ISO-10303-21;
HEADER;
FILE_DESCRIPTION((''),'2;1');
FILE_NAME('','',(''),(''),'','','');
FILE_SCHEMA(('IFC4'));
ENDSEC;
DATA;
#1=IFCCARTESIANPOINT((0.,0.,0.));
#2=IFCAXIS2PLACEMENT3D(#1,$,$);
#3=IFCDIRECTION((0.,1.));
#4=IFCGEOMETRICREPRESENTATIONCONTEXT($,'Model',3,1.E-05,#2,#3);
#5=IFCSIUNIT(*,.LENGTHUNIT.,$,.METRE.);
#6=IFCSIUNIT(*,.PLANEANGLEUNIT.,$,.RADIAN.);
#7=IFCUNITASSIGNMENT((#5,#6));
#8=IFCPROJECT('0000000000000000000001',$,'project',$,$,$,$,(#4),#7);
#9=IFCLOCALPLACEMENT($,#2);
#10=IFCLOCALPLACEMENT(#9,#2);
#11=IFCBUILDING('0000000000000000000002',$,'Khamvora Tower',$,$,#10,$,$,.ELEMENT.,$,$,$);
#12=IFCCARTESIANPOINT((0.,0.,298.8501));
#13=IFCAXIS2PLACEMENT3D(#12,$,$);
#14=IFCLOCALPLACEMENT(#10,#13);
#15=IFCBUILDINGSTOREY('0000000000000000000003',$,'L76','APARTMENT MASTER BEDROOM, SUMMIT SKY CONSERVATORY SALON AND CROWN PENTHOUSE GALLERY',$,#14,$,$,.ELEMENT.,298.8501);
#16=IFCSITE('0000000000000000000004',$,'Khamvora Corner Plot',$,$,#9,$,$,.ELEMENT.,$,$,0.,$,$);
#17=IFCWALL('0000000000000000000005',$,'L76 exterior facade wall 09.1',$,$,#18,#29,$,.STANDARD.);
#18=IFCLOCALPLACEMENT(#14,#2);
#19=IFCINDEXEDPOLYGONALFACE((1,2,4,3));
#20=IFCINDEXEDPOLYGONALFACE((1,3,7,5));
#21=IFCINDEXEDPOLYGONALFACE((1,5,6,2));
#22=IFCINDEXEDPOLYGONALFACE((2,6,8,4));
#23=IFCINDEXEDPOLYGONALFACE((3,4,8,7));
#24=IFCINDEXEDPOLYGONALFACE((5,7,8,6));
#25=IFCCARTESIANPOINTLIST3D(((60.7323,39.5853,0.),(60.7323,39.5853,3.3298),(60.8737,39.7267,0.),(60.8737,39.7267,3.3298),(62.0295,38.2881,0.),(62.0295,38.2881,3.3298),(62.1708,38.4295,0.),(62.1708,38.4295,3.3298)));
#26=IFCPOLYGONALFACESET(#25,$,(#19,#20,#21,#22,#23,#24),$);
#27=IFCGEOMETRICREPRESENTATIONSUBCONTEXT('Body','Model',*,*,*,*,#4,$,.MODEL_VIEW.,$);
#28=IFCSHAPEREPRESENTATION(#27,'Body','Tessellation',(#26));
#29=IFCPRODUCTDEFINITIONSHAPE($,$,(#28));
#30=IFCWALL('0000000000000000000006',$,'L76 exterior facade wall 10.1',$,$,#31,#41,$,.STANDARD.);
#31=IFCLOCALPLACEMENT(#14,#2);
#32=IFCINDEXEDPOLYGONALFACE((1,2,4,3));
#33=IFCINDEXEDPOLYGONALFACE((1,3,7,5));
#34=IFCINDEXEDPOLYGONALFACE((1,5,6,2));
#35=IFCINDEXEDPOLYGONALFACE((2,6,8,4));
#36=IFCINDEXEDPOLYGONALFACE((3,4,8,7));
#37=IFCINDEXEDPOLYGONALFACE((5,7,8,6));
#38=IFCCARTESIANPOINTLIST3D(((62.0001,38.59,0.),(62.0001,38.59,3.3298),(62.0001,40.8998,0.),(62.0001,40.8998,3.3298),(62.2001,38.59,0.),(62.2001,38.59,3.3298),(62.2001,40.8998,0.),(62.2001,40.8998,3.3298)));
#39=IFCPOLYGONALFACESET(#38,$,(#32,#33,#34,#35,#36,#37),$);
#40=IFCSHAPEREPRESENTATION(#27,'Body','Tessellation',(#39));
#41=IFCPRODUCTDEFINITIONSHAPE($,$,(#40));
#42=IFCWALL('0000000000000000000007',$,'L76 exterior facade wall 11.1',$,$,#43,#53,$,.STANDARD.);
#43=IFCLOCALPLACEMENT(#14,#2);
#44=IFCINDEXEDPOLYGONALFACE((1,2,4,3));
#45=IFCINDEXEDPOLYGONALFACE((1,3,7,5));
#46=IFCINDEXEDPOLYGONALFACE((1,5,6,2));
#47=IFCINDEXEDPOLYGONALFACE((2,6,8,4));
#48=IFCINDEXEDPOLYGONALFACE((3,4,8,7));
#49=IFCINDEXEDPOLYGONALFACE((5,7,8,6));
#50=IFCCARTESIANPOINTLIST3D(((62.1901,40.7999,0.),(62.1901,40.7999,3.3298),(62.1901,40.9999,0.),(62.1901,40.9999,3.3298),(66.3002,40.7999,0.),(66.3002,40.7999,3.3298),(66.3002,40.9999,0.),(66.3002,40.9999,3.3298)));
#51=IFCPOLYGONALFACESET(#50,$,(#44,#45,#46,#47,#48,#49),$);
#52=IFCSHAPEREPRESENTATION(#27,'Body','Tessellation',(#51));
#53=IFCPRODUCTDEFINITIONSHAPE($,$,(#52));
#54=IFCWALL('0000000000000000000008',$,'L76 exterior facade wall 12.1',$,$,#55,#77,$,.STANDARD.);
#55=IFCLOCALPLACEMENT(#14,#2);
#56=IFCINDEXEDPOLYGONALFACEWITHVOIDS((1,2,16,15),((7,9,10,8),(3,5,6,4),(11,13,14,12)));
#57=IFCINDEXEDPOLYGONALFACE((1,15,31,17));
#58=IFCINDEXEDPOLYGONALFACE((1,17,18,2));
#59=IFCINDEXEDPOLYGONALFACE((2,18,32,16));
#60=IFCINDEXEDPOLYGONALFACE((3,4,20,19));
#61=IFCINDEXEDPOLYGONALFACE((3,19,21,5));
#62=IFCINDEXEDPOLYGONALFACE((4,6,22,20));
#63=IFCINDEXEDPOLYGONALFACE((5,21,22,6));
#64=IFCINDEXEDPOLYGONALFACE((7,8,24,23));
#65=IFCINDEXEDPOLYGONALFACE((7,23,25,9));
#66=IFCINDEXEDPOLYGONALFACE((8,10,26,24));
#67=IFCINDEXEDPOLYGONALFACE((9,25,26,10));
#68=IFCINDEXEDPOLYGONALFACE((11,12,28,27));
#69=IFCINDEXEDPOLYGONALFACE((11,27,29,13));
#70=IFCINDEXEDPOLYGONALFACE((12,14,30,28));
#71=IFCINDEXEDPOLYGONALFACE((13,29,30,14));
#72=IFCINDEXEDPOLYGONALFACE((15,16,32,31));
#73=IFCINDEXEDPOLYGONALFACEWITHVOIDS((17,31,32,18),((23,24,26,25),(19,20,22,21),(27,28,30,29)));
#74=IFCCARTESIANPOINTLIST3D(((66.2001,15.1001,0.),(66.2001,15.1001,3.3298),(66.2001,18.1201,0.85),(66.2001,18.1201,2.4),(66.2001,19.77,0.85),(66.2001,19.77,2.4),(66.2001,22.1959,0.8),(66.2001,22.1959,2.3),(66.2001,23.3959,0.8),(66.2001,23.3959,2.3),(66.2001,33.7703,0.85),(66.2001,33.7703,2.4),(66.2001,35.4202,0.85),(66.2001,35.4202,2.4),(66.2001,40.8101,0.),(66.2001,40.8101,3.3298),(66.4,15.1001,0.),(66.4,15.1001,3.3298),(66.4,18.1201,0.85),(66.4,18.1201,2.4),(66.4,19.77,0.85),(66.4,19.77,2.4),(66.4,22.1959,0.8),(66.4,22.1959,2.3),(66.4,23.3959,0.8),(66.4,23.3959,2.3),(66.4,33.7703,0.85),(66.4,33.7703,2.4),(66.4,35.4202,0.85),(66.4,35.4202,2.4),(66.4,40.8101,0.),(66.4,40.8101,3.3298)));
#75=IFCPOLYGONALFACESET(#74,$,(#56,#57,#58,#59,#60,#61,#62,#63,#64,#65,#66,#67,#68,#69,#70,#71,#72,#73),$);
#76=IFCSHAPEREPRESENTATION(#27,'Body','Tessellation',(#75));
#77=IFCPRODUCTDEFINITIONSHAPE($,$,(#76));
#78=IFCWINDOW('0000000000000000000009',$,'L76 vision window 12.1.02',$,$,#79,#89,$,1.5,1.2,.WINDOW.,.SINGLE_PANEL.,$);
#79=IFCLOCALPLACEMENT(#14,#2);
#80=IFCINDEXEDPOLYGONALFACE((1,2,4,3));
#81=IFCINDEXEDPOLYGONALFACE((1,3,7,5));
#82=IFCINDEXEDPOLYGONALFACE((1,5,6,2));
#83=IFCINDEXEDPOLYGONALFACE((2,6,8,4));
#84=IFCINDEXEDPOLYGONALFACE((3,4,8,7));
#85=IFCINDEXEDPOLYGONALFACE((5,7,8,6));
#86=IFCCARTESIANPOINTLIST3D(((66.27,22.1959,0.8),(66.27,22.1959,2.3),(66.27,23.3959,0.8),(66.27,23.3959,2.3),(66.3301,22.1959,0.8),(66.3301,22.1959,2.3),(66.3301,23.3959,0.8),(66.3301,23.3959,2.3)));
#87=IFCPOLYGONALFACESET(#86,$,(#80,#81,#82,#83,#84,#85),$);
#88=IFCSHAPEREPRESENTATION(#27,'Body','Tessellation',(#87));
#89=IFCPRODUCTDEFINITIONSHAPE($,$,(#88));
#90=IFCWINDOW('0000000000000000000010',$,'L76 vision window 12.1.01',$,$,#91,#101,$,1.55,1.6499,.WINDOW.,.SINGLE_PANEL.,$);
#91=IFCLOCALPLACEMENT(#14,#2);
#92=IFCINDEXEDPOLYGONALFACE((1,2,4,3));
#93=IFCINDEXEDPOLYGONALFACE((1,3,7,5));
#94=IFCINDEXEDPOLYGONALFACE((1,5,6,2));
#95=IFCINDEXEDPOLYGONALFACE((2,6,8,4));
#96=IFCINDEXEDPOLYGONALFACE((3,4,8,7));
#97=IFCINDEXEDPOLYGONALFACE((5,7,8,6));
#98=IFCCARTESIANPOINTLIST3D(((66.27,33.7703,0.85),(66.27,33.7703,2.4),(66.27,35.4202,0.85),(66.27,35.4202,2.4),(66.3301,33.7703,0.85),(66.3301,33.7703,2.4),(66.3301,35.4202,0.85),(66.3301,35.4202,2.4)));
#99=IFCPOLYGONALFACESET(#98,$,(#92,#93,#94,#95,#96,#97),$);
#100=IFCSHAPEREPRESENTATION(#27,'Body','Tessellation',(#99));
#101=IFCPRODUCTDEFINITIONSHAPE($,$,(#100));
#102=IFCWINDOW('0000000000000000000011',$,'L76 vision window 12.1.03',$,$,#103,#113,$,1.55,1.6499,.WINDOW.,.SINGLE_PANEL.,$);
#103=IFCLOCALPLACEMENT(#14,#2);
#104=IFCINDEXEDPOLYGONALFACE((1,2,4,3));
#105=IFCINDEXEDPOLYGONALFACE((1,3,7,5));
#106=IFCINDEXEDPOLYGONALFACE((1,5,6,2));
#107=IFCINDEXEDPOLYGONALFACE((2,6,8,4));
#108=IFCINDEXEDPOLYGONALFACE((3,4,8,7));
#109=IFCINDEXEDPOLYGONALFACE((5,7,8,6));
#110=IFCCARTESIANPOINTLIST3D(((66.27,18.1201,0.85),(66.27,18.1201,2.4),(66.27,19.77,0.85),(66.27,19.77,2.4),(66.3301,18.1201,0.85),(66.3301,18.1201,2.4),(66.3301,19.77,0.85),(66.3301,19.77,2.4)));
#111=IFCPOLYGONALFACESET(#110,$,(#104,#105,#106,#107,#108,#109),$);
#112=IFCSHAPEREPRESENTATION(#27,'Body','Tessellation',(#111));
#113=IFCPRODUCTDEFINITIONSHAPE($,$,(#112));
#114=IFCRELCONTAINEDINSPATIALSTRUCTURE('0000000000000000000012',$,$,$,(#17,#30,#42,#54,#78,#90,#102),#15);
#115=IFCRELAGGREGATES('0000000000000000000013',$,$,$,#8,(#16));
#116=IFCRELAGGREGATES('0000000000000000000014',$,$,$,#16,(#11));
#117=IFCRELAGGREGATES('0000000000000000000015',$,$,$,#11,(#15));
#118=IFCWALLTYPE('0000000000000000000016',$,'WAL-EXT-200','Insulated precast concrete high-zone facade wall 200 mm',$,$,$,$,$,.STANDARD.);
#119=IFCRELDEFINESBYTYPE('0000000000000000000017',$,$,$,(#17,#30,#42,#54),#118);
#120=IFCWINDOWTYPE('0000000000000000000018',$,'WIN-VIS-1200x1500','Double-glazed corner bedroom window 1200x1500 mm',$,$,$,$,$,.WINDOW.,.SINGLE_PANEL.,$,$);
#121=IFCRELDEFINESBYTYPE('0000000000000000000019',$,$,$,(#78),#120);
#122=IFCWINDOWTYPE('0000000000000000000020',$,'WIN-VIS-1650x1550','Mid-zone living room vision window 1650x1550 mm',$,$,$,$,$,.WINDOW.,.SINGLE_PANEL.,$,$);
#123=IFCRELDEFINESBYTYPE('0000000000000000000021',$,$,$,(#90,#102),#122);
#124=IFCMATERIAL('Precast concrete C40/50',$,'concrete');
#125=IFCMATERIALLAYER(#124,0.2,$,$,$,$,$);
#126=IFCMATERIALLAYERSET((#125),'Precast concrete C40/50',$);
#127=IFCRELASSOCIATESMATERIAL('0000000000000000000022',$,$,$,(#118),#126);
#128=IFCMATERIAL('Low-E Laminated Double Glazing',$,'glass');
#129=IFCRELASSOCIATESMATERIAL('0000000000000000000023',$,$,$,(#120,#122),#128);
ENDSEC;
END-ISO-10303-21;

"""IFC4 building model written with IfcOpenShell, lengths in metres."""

from ifc_helpers import new_model, si_unit, direction, frame, frame_2d, origin, place, context, subcontext, project, spatial, rectangle, extrude, material, layer, layer_set, type_object, element, fill, save


model = new_model("IFC4")

# Units and contexts
model_context = context("Model", 3, precision=1e-05, world=origin(), true_north=direction((0.0, 1.0)))
body_context = subcontext(model_context, "Body", "Model", "MODEL_VIEW")
ifc_project = project(units=[si_unit("LENGTHUNIT", "METRE"), si_unit("PLANEANGLEUNIT", "RADIAN")], contexts=[model_context])

# Site, building, storey
site_placement = place(None, origin())
site = spatial("IfcSite", under=ifc_project, at=site_placement, Name="Khamvora Corner Plot", CompositionType="ELEMENT", RefElevation=0.0)
building_placement = place(site_placement, origin())
building = spatial("IfcBuilding", under=site, at=building_placement, Name="Khamvora Tower", CompositionType="ELEMENT")
storey_placement = place(building_placement, frame((0.0, 0.0, 298.8501)))
storey = spatial("IfcBuildingStorey", under=building, at=storey_placement, Name="L76", Description="APARTMENT MASTER BEDROOM, SUMMIT SKY CONSERVATORY SALON AND CROWN PENTHOUSE GALLERY", CompositionType="ELEMENT", Elevation=298.8501)

# Walls
ifc_material_1 = material(Name="Precast concrete C40/50", Category="concrete")
ifc_layer_1 = layer(ifc_material_1, 0.2)
ifc_layer_set_1 = layer_set([ifc_layer_1], Name="Precast concrete C40/50")
wall_type = type_object("IfcWallType", Name="WAL-EXT-200", Description="Insulated precast concrete high-zone facade wall 200 mm", PredefinedType="STANDARD", material=ifc_layer_set_1)
wall_1_placement = place(storey_placement, frame((60.803, 39.656, 0.0), z_axis=(0.0, 0.0, 1.0), x_axis=(0.707107, -0.707107, 0.0)))
element("IfcWall", 1, at=wall_1_placement, inside=storey, type_object=wall_type, Name="L76 exterior facade wall 09.1", PredefinedType="STANDARD", context=body_context, shape_type="SweptSolid", body=[
    extrude(rectangle(XDim=1.8345, YDim=0.2, at=frame_2d((0.9172, 0.0))), origin(), (0.0, 0.0, 1.0), 3.3298),
])
wall_2_placement = place(storey_placement, frame((62.1001, 38.5901, 0.0), z_axis=(0.0, 0.0, 1.0), x_axis=(0.0, 1.0, 0.0)))
element("IfcWall", 2, at=wall_2_placement, inside=storey, type_object=wall_type, Name="L76 exterior facade wall 10.1", PredefinedType="STANDARD", context=body_context, shape_type="SweptSolid", body=[
    extrude(rectangle(XDim=2.3098, YDim=0.2, at=frame_2d((1.1548, 0.0))), origin(), (0.0, 0.0, 1.0), 3.3298),
])
wall_3_placement = place(storey_placement, frame((62.1899, 40.8999, 0.0), z_axis=(0.0, 0.0, 1.0), x_axis=(1.0, 0.0, 0.0)))
element("IfcWall", 3, at=wall_3_placement, inside=storey, type_object=wall_type, Name="L76 exterior facade wall 11.1", PredefinedType="STANDARD", context=body_context, shape_type="SweptSolid", body=[
    extrude(rectangle(XDim=4.1101, YDim=0.2, at=frame_2d((2.0552, 0.0))), origin(), (0.0, 0.0, 1.0), 3.3298),
])

# Wall, openings, windows
wall_4_placement = place(storey_placement, frame((66.3, 40.8101, 0.0), z_axis=(0.0, 0.0, 1.0), x_axis=(0.0, -1.0, 0.0)))
wall_4 = element("IfcWall", 4, at=wall_4_placement, inside=storey, type_object=wall_type, Name="L76 exterior facade wall 12.1", PredefinedType="STANDARD", context=body_context, shape_type="SweptSolid", body=[
    extrude(rectangle(XDim=25.71, YDim=0.2, at=frame_2d((12.855, 0.0))), origin(), (0.0, 0.0, 1.0), 3.3298),
])
opening_1_placement = place(wall_4_placement, frame((5.3899, 0.0, 0.8501)))
opening_1 = element("IfcOpeningElement", 5, at=opening_1_placement, cuts=wall_4, PredefinedType="OPENING", context=body_context, shape_type="SweptSolid", body=[
    extrude(rectangle(XDim=1.6499, YDim=1.55, at=frame_2d((0.825, 0.7749))), frame((0.0, 0.1099, 0.0), z_axis=(0.0, -1.0, 0.0), x_axis=(1.0, 0.0, 0.0)), (0.0, 0.0, 1.0), 0.22),
])
opening_2_placement = place(wall_4_placement, frame((17.4141, 0.0, 0.8)))
opening_2 = element("IfcOpeningElement", 6, at=opening_2_placement, cuts=wall_4, PredefinedType="OPENING", context=body_context, shape_type="SweptSolid", body=[
    extrude(rectangle(XDim=1.2, YDim=1.5, at=frame_2d((0.6001, 0.75))), frame((0.0, 0.1099, 0.0), z_axis=(0.0, -1.0, 0.0), x_axis=(1.0, 0.0, 0.0)), (0.0, 0.0, 1.0), 0.22),
])
opening_3_placement = place(wall_4_placement, frame((21.04, 0.0, 0.8501)))
opening_3 = element("IfcOpeningElement", 7, at=opening_3_placement, cuts=wall_4, PredefinedType="OPENING", context=body_context, shape_type="SweptSolid", body=[
    extrude(rectangle(XDim=1.6499, YDim=1.55, at=frame_2d((0.825, 0.7749))), frame((0.0, 0.1099, 0.0), z_axis=(0.0, -1.0, 0.0), x_axis=(1.0, 0.0, 0.0)), (0.0, 0.0, 1.0), 0.22),
])
ifc_material_2 = material(Name="Low-E Laminated Double Glazing", Category="glass")
window_type_1 = type_object("IfcWindowType", Name="WIN-VIS-1200x1500", Description="Double-glazed corner bedroom window 1200x1500 mm", PartitioningType="SINGLE_PANEL", PredefinedType="WINDOW", material=ifc_material_2)
window_1_placement = place(opening_2_placement, origin())
window_1 = element("IfcWindow", 8, at=window_1_placement, inside=storey, type_object=window_type_1, Name="L76 vision window 12.1.02", OverallHeight=1.5, OverallWidth=1.2, PartitioningType="SINGLE_PANEL", PredefinedType="WINDOW", context=body_context, shape_type="SweptSolid", body=[
    extrude(rectangle(XDim=1.2, YDim=1.5, at=frame_2d((0.6001, 0.75))), frame((0.0, 0.03, 0.0), z_axis=(0.0, -1.0, 0.0), x_axis=(1.0, 0.0, 0.0)), (0.0, 0.0, 1.0), 0.0601),
])
fill(opening_2, window_1)
window_type_2 = type_object("IfcWindowType", Name="WIN-VIS-1650x1550", Description="Mid-zone living room vision window 1650x1550 mm", PartitioningType="SINGLE_PANEL", PredefinedType="WINDOW", material=ifc_material_2)
window_2_placement = place(opening_1_placement, origin())
window_2 = element("IfcWindow", 9, at=window_2_placement, inside=storey, type_object=window_type_2, Name="L76 vision window 12.1.01", OverallHeight=1.55, OverallWidth=1.6499, PartitioningType="SINGLE_PANEL", PredefinedType="WINDOW", context=body_context, shape_type="SweptSolid", body=[
    extrude(rectangle(XDim=1.6499, YDim=1.55, at=frame_2d((0.825, 0.7749))), frame((0.0, 0.03, 0.0), z_axis=(0.0, -1.0, 0.0), x_axis=(1.0, 0.0, 0.0)), (0.0, 0.0, 1.0), 0.0601),
])
fill(opening_1, window_2)
window_3_placement = place(opening_3_placement, origin())
window_3 = element("IfcWindow", 10, at=window_3_placement, inside=storey, type_object=window_type_2, Name="L76 vision window 12.1.03", OverallHeight=1.55, OverallWidth=1.6499, PartitioningType="SINGLE_PANEL", PredefinedType="WINDOW", context=body_context, shape_type="SweptSolid", body=[
    extrude(rectangle(XDim=1.6499, YDim=1.55, at=frame_2d((0.825, 0.7749))), frame((0.0, 0.03, 0.0), z_axis=(0.0, -1.0, 0.0), x_axis=(1.0, 0.0, 0.0)), (0.0, 0.0, 1.0), 0.0601),
])
fill(opening_3, window_3)

save(model, "model.ifc")
